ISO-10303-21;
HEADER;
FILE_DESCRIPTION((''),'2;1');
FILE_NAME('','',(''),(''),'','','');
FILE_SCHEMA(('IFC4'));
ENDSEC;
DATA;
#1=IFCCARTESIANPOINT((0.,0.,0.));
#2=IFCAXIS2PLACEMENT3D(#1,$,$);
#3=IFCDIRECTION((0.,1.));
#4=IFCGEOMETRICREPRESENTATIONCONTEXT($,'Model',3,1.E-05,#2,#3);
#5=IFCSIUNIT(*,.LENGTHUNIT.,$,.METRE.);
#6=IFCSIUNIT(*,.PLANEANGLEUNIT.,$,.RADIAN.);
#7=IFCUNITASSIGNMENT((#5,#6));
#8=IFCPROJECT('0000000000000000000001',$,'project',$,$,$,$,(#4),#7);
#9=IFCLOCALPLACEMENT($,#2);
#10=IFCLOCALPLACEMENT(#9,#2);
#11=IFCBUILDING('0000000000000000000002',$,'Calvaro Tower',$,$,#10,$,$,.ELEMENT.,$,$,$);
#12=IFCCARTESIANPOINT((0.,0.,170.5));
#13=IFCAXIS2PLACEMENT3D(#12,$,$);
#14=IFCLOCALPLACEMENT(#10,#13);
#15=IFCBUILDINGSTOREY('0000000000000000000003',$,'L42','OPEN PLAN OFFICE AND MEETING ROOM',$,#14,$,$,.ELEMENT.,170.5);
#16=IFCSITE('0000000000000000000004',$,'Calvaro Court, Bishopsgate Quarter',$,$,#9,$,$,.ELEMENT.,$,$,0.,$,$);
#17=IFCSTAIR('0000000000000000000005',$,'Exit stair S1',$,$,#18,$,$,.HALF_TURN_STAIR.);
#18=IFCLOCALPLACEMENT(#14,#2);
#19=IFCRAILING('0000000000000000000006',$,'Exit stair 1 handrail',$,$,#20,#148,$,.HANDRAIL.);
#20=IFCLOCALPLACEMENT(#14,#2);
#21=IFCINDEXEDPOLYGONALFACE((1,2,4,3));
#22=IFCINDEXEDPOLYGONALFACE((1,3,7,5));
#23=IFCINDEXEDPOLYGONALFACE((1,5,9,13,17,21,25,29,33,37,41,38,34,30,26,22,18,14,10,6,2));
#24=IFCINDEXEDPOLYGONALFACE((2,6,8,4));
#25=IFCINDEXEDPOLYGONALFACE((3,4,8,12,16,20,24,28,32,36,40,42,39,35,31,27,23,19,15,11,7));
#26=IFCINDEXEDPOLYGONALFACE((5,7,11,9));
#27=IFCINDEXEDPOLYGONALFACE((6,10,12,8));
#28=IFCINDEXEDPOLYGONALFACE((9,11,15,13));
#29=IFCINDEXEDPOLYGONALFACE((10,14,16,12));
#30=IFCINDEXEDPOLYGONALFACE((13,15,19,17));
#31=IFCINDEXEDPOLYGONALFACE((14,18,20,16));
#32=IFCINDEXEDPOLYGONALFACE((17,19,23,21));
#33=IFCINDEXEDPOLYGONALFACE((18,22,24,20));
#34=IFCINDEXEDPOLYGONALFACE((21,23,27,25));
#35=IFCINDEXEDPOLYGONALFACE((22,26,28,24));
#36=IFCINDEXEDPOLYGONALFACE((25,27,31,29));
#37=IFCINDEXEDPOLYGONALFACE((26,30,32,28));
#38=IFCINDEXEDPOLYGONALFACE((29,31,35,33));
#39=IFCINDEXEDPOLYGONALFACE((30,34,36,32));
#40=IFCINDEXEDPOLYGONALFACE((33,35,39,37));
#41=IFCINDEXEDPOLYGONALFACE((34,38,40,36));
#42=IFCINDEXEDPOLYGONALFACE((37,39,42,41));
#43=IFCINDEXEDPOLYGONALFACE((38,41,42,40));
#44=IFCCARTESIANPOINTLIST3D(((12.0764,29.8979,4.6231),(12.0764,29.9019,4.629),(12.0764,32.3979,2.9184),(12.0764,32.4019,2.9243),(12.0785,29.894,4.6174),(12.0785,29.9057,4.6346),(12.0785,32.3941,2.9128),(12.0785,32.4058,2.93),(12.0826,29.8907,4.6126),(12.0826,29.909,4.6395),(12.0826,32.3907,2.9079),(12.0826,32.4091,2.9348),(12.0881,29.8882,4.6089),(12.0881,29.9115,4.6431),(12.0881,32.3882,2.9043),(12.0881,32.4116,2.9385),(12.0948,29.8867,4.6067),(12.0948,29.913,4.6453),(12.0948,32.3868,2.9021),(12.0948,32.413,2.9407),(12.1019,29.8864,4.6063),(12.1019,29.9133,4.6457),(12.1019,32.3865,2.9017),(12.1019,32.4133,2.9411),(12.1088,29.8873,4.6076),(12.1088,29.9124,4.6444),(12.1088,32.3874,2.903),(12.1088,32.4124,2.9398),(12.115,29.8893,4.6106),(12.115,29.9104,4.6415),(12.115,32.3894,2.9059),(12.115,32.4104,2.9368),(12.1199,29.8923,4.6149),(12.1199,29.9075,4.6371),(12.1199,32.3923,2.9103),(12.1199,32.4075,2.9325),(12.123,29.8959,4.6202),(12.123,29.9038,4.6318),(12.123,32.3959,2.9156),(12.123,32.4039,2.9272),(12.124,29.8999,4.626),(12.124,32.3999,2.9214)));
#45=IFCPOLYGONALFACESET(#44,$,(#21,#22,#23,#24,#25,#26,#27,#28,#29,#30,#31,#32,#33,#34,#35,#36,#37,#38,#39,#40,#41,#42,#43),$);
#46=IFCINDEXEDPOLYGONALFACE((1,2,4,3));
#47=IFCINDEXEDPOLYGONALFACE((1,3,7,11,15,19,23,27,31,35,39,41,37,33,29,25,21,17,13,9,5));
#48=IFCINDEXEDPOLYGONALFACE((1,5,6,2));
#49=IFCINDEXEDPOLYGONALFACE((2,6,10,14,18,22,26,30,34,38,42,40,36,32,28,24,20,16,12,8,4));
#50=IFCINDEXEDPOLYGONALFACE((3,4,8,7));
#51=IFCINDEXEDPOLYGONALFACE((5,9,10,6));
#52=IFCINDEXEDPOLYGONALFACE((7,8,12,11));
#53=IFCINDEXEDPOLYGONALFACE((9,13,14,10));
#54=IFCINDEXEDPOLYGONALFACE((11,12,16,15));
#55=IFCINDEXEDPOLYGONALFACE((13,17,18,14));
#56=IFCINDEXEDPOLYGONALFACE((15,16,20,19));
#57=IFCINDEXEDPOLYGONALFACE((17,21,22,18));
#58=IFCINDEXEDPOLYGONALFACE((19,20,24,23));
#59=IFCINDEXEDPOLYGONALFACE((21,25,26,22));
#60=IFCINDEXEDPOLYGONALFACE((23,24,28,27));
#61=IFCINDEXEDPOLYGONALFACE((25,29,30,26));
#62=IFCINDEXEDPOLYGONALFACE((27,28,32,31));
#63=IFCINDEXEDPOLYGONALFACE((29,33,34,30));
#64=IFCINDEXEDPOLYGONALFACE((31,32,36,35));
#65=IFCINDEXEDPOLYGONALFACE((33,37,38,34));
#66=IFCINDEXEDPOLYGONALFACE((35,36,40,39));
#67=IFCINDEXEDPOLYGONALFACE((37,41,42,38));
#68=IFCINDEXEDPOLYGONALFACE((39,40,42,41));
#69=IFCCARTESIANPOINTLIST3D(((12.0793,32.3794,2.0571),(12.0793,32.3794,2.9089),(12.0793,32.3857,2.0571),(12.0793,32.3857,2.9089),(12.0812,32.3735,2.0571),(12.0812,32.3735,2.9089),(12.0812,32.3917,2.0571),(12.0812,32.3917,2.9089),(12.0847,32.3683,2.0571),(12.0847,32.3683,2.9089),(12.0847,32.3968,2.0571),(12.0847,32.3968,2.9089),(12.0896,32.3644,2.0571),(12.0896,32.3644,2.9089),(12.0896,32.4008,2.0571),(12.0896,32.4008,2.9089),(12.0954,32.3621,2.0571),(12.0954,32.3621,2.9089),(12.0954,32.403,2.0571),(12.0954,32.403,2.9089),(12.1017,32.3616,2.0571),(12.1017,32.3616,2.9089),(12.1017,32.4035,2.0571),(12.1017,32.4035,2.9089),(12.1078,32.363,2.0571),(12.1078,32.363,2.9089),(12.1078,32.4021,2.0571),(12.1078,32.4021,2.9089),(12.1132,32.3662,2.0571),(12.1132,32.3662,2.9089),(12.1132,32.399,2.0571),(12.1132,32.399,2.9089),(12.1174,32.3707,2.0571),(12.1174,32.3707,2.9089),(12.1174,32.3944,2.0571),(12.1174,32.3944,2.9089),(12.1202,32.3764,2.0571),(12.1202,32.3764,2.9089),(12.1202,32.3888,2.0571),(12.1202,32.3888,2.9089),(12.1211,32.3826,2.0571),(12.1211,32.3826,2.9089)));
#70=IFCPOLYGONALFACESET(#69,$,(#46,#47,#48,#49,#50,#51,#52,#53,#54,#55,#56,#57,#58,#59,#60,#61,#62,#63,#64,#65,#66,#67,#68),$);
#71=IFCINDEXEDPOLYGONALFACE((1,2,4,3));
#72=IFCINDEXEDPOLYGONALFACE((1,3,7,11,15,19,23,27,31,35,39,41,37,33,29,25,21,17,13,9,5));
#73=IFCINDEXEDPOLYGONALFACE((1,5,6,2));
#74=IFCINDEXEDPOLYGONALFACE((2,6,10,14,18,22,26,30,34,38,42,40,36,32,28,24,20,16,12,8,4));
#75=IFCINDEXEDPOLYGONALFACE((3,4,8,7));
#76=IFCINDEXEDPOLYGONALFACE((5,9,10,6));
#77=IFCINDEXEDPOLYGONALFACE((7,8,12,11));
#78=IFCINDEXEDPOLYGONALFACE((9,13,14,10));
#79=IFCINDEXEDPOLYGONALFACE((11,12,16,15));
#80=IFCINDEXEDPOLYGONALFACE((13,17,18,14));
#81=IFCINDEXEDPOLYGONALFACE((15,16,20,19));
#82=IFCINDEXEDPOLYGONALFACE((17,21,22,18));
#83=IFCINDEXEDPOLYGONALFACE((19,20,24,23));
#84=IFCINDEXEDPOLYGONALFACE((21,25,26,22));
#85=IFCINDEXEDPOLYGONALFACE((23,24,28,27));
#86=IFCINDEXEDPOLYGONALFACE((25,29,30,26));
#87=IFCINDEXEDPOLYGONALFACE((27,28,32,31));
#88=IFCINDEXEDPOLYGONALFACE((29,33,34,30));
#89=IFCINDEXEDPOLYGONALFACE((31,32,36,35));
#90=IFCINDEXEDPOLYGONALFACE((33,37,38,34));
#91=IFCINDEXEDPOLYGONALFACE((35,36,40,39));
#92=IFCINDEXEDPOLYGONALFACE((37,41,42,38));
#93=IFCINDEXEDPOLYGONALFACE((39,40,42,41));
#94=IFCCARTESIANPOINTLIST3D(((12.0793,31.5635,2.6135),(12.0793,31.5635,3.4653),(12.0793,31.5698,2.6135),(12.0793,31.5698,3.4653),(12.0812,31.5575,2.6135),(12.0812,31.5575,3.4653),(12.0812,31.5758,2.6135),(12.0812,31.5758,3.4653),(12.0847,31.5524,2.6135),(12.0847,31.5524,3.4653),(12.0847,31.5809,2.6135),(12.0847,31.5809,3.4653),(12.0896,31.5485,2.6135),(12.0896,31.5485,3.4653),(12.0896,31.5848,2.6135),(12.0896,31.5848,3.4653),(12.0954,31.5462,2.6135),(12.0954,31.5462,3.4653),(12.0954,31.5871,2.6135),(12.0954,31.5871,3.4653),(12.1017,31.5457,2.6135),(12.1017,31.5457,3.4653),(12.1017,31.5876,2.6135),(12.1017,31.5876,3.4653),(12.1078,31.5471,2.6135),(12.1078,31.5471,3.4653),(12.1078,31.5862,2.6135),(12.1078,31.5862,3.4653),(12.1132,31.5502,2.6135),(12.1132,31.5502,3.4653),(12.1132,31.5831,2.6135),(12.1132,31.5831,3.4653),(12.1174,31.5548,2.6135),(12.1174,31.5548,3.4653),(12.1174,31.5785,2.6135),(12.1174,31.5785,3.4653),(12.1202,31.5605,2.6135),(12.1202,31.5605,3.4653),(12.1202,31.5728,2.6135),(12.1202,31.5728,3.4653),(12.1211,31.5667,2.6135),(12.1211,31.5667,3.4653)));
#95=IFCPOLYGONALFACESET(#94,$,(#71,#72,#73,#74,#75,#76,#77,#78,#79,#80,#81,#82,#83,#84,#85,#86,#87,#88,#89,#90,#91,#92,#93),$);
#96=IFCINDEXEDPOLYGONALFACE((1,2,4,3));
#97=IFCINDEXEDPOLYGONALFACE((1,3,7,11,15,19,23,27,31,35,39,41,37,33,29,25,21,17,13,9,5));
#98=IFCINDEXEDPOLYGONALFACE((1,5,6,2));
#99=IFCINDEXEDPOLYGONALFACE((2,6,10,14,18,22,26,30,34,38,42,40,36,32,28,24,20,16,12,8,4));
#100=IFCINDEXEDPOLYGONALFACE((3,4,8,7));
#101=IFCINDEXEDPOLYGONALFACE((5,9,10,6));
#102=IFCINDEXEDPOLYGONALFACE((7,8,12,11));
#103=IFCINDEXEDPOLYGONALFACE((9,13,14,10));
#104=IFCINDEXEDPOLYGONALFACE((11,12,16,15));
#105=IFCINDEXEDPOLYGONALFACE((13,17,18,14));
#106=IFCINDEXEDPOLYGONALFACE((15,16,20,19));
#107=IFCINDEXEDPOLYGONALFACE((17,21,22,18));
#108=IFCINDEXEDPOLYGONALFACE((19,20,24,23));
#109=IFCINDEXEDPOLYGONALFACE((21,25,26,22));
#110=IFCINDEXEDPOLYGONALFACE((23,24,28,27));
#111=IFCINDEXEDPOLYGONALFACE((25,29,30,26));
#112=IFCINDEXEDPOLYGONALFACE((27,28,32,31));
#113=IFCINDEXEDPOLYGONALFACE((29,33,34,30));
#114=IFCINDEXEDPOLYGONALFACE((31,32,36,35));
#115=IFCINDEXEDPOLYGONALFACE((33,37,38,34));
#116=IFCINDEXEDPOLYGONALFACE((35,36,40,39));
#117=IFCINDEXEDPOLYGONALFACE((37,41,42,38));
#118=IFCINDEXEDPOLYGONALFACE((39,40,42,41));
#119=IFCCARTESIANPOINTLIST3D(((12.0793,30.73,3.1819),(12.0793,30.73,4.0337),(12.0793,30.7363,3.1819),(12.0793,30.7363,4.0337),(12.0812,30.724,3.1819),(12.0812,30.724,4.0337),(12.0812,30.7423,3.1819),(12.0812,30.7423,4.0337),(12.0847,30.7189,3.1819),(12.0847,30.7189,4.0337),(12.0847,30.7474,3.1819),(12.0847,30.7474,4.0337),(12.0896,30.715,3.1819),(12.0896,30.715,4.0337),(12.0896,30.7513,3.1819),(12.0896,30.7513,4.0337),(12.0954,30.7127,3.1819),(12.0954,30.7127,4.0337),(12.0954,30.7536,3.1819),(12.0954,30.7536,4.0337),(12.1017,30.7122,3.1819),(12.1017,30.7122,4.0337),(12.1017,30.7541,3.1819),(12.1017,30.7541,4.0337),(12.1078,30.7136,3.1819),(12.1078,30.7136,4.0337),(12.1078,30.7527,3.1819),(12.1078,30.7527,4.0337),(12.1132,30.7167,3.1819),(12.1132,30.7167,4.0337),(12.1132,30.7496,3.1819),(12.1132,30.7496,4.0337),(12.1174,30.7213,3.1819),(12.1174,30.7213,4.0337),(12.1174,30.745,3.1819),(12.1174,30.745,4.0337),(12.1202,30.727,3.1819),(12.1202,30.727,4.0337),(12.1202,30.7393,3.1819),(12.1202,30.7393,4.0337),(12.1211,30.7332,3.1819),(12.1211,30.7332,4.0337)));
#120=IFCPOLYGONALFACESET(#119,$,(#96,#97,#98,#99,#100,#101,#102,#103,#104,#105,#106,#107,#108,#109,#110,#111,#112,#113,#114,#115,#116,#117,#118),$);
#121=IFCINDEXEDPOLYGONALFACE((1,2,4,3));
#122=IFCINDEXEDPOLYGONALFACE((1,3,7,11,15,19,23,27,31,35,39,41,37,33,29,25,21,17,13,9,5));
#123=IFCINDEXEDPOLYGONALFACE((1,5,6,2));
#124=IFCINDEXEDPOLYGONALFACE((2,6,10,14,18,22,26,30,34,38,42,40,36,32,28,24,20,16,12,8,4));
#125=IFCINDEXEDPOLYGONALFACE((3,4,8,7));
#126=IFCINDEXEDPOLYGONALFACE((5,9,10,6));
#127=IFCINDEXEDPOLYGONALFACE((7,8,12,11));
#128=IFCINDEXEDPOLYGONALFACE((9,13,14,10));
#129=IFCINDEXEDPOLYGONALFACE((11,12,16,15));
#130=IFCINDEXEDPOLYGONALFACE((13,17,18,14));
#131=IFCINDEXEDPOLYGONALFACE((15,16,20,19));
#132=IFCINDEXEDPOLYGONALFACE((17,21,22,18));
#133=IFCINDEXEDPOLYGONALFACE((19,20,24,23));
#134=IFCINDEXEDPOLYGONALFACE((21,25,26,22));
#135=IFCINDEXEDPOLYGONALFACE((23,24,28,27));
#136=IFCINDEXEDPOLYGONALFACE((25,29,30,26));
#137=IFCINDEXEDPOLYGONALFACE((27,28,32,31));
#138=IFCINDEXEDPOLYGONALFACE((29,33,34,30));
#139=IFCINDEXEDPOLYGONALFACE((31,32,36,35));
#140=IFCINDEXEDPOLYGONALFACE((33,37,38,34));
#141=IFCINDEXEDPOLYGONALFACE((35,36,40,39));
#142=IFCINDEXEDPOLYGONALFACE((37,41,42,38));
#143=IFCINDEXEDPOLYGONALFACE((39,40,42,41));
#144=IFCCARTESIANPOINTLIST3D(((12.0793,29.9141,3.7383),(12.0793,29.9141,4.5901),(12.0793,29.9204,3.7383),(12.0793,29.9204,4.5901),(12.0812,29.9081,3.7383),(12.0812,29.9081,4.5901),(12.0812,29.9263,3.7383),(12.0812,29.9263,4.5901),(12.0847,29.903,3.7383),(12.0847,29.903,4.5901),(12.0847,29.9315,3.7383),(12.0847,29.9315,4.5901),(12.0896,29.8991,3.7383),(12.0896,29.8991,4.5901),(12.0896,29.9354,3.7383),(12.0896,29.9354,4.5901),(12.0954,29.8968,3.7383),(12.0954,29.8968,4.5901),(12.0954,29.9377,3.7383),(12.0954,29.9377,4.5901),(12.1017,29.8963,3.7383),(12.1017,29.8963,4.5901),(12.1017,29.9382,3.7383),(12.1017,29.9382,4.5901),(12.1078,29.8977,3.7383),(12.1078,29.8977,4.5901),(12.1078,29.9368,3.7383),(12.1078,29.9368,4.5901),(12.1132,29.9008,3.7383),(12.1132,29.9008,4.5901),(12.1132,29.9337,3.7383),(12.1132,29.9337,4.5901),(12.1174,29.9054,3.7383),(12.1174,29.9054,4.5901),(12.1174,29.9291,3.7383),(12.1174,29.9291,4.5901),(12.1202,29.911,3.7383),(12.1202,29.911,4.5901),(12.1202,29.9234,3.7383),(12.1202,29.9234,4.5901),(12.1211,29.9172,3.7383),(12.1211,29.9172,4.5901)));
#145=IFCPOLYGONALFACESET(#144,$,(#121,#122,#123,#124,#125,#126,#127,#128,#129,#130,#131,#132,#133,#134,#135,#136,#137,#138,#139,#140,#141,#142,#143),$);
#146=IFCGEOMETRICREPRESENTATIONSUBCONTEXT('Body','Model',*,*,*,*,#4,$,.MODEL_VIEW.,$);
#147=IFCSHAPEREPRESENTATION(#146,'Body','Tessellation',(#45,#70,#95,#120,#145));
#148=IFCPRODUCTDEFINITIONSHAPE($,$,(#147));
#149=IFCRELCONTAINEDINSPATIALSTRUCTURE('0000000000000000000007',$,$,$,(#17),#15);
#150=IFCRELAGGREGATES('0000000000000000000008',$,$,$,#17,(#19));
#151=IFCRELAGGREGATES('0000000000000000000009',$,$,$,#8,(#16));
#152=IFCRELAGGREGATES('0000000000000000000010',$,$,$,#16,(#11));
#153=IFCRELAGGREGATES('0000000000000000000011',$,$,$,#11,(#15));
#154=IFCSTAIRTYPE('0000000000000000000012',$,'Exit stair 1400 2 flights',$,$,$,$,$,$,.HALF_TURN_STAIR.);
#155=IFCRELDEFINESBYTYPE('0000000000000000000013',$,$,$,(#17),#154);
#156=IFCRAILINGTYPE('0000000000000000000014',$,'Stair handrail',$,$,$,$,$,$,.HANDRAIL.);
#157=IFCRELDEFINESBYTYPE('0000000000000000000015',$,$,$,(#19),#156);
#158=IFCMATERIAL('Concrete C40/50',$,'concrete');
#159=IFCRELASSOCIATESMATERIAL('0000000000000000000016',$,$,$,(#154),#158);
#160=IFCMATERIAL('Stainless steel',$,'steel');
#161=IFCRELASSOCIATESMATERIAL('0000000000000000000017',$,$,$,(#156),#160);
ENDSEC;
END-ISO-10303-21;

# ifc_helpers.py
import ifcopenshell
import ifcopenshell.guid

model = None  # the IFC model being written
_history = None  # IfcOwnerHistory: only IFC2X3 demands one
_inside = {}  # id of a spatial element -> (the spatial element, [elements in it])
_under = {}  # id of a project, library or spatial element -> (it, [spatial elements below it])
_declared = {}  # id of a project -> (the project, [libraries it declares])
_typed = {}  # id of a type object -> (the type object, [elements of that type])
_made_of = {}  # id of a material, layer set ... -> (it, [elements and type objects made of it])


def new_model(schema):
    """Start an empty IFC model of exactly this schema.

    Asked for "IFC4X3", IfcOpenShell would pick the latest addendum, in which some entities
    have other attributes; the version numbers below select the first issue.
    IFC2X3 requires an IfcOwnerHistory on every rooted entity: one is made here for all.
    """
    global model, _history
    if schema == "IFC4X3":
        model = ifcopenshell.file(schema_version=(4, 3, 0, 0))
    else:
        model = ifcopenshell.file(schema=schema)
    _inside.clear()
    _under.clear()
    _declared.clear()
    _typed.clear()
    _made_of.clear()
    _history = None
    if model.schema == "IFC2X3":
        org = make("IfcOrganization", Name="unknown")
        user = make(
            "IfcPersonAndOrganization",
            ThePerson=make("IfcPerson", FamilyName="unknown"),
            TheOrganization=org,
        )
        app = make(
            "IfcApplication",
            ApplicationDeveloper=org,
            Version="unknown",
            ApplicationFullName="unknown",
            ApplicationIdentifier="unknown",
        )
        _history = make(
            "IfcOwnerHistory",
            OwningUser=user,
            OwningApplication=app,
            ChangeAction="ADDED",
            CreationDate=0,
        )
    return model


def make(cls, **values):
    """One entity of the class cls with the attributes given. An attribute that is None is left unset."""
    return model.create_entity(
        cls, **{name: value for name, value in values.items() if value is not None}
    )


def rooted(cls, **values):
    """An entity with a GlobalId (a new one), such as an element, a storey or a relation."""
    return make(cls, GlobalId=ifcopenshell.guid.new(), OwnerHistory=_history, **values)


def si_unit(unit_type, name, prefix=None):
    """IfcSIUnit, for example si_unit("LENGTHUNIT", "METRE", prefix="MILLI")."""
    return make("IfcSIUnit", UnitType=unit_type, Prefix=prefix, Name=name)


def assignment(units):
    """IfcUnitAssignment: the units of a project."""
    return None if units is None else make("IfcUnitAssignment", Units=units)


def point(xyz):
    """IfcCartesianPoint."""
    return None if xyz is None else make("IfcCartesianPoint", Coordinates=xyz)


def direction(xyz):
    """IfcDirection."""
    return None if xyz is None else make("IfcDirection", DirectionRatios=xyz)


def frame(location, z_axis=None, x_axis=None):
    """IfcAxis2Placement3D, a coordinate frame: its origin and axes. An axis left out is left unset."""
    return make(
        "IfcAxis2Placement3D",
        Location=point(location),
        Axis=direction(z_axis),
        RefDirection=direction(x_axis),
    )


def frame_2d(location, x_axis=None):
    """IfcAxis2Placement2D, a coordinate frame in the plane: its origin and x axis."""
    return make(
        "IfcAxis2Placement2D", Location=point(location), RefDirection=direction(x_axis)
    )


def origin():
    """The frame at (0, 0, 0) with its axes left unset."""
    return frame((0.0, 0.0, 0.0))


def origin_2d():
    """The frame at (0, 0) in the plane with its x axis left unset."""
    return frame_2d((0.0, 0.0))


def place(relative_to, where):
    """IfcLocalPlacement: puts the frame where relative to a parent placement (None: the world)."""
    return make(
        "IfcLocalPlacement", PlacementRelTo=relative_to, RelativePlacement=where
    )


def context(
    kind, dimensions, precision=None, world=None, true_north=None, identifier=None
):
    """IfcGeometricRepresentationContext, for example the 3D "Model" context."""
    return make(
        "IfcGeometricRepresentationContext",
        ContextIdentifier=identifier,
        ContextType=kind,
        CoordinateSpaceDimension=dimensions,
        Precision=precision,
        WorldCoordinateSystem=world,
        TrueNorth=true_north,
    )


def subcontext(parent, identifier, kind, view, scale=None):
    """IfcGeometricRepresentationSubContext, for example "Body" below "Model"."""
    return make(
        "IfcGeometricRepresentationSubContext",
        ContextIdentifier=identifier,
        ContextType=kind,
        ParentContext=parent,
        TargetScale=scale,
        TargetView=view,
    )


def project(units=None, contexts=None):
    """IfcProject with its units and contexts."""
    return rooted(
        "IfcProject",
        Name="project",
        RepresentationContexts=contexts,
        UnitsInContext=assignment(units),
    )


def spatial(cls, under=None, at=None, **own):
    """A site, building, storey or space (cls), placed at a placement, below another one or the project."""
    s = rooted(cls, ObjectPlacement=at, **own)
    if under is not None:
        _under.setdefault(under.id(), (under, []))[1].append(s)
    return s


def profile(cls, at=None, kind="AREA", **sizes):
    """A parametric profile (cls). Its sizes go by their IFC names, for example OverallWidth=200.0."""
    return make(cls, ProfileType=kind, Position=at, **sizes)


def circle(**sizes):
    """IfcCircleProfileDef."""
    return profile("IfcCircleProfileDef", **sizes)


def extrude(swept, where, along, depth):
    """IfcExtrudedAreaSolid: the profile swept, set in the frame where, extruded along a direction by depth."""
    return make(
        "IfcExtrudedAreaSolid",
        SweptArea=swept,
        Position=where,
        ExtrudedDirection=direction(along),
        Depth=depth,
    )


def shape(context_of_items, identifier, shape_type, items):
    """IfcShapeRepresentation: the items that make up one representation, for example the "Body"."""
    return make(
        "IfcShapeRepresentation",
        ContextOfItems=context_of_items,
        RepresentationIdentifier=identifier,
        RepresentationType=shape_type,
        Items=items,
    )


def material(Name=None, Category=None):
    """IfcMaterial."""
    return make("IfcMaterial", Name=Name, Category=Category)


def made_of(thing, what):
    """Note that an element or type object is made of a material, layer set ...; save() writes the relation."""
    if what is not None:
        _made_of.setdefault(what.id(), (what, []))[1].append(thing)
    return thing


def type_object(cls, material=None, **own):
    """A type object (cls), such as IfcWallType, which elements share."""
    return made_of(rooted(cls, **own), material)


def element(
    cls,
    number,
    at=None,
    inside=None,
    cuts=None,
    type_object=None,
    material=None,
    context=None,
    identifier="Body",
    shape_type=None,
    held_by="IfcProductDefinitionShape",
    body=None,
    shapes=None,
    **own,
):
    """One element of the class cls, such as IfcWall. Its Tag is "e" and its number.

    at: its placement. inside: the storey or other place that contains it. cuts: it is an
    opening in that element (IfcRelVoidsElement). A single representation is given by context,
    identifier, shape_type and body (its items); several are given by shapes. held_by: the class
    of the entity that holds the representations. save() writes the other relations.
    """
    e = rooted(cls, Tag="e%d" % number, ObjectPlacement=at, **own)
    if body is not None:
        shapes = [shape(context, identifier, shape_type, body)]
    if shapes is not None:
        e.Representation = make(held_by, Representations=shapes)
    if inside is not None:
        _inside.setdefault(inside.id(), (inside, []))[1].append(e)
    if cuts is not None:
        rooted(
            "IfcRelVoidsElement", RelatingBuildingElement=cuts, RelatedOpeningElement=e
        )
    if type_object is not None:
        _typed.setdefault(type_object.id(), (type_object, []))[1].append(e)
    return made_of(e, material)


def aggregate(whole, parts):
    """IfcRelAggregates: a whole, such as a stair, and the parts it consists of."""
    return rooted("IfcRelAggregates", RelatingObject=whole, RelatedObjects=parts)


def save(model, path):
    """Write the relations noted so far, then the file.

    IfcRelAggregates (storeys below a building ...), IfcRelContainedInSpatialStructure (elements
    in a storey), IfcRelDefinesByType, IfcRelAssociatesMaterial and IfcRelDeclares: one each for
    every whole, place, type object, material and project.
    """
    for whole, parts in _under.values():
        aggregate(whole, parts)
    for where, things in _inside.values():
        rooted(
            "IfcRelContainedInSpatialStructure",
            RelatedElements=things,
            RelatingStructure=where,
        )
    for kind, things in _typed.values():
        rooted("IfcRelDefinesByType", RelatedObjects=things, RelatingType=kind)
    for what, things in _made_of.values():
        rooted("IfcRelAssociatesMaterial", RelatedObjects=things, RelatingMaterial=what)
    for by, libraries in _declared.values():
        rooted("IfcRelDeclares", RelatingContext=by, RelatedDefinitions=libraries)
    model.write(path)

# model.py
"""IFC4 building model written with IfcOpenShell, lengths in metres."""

from ifc_helpers import new_model, si_unit, direction, frame, origin, origin_2d, place, context, subcontext, project, spatial, circle, extrude, material, type_object, element, aggregate, save


model = new_model("IFC4")

# Units and contexts
model_context = context("Model", 3, precision=1e-05, world=origin(), true_north=direction((0.0, 1.0)))
body_context = subcontext(model_context, "Body", "Model", "MODEL_VIEW")
ifc_project = project(units=[si_unit("LENGTHUNIT", "METRE"), si_unit("PLANEANGLEUNIT", "RADIAN")], contexts=[model_context])

# Site, building, storey
site_placement = place(None, origin())
site = spatial("IfcSite", under=ifc_project, at=site_placement, Name="Calvaro Court, Bishopsgate Quarter", CompositionType="ELEMENT", RefElevation=0.0)
building_placement = place(site_placement, origin())
building = spatial("IfcBuilding", under=site, at=building_placement, Name="Calvaro Tower", CompositionType="ELEMENT")
storey_placement = place(building_placement, frame((0.0, 0.0, 170.5)))
storey = spatial("IfcBuildingStorey", under=building, at=storey_placement, Name="L42", Description="OPEN PLAN OFFICE AND MEETING ROOM", CompositionType="ELEMENT", Elevation=170.5)

# Stair, railing
ifc_material_1 = material(Name="Concrete C40/50", Category="concrete")
stair_type = type_object("IfcStairType", Name="Exit stair 1400 2 flights", PredefinedType="HALF_TURN_STAIR", material=ifc_material_1)
stair_placement = place(storey_placement, origin())
stair = element("IfcStair", 1, at=stair_placement, inside=storey, type_object=stair_type, Name="Exit stair S1", PredefinedType="HALF_TURN_STAIR")
ifc_material_2 = material(Name="Stainless steel", Category="steel")
railing_type = type_object("IfcRailingType", Name="Stair handrail", PredefinedType="HANDRAIL", material=ifc_material_2)
railing_placement = place(storey_placement, frame((12.1001, 32.3999, 2.0454)))
railing = element("IfcRailing", 2, at=railing_placement, type_object=railing_type, Name="Exit stair 1 handrail", PredefinedType="HANDRAIL", context=body_context, shape_type="SweptSolid", body=[
    extrude(circle(Radius=0.0239, at=origin_2d()), frame((0.0, 0.0, 0.876), z_axis=(0.0, -0.826221, 0.563347), x_axis=(1.0, 0.0, 0.0)), (0.0, 0.0, 1.0), 3.0259),
    extrude(circle(Radius=0.021, at=origin_2d()), frame((0.0, -0.0173, 0.0117)), (0.0, 0.0, 1.0), 0.8518),
    extrude(circle(Radius=0.021, at=origin_2d()), frame((0.0, -0.8333, 0.5681)), (0.0, 0.0, 1.0), 0.8518),
    extrude(circle(Radius=0.021, at=origin_2d()), frame((0.0, -1.6667, 1.1365)), (0.0, 0.0, 1.0), 0.8518),
    extrude(circle(Radius=0.021, at=origin_2d()), frame((0.0, -2.4827, 1.6929)), (0.0, 0.0, 1.0), 0.8518),
])
aggregate(stair, [railing])

save(model, "model.ifc")
